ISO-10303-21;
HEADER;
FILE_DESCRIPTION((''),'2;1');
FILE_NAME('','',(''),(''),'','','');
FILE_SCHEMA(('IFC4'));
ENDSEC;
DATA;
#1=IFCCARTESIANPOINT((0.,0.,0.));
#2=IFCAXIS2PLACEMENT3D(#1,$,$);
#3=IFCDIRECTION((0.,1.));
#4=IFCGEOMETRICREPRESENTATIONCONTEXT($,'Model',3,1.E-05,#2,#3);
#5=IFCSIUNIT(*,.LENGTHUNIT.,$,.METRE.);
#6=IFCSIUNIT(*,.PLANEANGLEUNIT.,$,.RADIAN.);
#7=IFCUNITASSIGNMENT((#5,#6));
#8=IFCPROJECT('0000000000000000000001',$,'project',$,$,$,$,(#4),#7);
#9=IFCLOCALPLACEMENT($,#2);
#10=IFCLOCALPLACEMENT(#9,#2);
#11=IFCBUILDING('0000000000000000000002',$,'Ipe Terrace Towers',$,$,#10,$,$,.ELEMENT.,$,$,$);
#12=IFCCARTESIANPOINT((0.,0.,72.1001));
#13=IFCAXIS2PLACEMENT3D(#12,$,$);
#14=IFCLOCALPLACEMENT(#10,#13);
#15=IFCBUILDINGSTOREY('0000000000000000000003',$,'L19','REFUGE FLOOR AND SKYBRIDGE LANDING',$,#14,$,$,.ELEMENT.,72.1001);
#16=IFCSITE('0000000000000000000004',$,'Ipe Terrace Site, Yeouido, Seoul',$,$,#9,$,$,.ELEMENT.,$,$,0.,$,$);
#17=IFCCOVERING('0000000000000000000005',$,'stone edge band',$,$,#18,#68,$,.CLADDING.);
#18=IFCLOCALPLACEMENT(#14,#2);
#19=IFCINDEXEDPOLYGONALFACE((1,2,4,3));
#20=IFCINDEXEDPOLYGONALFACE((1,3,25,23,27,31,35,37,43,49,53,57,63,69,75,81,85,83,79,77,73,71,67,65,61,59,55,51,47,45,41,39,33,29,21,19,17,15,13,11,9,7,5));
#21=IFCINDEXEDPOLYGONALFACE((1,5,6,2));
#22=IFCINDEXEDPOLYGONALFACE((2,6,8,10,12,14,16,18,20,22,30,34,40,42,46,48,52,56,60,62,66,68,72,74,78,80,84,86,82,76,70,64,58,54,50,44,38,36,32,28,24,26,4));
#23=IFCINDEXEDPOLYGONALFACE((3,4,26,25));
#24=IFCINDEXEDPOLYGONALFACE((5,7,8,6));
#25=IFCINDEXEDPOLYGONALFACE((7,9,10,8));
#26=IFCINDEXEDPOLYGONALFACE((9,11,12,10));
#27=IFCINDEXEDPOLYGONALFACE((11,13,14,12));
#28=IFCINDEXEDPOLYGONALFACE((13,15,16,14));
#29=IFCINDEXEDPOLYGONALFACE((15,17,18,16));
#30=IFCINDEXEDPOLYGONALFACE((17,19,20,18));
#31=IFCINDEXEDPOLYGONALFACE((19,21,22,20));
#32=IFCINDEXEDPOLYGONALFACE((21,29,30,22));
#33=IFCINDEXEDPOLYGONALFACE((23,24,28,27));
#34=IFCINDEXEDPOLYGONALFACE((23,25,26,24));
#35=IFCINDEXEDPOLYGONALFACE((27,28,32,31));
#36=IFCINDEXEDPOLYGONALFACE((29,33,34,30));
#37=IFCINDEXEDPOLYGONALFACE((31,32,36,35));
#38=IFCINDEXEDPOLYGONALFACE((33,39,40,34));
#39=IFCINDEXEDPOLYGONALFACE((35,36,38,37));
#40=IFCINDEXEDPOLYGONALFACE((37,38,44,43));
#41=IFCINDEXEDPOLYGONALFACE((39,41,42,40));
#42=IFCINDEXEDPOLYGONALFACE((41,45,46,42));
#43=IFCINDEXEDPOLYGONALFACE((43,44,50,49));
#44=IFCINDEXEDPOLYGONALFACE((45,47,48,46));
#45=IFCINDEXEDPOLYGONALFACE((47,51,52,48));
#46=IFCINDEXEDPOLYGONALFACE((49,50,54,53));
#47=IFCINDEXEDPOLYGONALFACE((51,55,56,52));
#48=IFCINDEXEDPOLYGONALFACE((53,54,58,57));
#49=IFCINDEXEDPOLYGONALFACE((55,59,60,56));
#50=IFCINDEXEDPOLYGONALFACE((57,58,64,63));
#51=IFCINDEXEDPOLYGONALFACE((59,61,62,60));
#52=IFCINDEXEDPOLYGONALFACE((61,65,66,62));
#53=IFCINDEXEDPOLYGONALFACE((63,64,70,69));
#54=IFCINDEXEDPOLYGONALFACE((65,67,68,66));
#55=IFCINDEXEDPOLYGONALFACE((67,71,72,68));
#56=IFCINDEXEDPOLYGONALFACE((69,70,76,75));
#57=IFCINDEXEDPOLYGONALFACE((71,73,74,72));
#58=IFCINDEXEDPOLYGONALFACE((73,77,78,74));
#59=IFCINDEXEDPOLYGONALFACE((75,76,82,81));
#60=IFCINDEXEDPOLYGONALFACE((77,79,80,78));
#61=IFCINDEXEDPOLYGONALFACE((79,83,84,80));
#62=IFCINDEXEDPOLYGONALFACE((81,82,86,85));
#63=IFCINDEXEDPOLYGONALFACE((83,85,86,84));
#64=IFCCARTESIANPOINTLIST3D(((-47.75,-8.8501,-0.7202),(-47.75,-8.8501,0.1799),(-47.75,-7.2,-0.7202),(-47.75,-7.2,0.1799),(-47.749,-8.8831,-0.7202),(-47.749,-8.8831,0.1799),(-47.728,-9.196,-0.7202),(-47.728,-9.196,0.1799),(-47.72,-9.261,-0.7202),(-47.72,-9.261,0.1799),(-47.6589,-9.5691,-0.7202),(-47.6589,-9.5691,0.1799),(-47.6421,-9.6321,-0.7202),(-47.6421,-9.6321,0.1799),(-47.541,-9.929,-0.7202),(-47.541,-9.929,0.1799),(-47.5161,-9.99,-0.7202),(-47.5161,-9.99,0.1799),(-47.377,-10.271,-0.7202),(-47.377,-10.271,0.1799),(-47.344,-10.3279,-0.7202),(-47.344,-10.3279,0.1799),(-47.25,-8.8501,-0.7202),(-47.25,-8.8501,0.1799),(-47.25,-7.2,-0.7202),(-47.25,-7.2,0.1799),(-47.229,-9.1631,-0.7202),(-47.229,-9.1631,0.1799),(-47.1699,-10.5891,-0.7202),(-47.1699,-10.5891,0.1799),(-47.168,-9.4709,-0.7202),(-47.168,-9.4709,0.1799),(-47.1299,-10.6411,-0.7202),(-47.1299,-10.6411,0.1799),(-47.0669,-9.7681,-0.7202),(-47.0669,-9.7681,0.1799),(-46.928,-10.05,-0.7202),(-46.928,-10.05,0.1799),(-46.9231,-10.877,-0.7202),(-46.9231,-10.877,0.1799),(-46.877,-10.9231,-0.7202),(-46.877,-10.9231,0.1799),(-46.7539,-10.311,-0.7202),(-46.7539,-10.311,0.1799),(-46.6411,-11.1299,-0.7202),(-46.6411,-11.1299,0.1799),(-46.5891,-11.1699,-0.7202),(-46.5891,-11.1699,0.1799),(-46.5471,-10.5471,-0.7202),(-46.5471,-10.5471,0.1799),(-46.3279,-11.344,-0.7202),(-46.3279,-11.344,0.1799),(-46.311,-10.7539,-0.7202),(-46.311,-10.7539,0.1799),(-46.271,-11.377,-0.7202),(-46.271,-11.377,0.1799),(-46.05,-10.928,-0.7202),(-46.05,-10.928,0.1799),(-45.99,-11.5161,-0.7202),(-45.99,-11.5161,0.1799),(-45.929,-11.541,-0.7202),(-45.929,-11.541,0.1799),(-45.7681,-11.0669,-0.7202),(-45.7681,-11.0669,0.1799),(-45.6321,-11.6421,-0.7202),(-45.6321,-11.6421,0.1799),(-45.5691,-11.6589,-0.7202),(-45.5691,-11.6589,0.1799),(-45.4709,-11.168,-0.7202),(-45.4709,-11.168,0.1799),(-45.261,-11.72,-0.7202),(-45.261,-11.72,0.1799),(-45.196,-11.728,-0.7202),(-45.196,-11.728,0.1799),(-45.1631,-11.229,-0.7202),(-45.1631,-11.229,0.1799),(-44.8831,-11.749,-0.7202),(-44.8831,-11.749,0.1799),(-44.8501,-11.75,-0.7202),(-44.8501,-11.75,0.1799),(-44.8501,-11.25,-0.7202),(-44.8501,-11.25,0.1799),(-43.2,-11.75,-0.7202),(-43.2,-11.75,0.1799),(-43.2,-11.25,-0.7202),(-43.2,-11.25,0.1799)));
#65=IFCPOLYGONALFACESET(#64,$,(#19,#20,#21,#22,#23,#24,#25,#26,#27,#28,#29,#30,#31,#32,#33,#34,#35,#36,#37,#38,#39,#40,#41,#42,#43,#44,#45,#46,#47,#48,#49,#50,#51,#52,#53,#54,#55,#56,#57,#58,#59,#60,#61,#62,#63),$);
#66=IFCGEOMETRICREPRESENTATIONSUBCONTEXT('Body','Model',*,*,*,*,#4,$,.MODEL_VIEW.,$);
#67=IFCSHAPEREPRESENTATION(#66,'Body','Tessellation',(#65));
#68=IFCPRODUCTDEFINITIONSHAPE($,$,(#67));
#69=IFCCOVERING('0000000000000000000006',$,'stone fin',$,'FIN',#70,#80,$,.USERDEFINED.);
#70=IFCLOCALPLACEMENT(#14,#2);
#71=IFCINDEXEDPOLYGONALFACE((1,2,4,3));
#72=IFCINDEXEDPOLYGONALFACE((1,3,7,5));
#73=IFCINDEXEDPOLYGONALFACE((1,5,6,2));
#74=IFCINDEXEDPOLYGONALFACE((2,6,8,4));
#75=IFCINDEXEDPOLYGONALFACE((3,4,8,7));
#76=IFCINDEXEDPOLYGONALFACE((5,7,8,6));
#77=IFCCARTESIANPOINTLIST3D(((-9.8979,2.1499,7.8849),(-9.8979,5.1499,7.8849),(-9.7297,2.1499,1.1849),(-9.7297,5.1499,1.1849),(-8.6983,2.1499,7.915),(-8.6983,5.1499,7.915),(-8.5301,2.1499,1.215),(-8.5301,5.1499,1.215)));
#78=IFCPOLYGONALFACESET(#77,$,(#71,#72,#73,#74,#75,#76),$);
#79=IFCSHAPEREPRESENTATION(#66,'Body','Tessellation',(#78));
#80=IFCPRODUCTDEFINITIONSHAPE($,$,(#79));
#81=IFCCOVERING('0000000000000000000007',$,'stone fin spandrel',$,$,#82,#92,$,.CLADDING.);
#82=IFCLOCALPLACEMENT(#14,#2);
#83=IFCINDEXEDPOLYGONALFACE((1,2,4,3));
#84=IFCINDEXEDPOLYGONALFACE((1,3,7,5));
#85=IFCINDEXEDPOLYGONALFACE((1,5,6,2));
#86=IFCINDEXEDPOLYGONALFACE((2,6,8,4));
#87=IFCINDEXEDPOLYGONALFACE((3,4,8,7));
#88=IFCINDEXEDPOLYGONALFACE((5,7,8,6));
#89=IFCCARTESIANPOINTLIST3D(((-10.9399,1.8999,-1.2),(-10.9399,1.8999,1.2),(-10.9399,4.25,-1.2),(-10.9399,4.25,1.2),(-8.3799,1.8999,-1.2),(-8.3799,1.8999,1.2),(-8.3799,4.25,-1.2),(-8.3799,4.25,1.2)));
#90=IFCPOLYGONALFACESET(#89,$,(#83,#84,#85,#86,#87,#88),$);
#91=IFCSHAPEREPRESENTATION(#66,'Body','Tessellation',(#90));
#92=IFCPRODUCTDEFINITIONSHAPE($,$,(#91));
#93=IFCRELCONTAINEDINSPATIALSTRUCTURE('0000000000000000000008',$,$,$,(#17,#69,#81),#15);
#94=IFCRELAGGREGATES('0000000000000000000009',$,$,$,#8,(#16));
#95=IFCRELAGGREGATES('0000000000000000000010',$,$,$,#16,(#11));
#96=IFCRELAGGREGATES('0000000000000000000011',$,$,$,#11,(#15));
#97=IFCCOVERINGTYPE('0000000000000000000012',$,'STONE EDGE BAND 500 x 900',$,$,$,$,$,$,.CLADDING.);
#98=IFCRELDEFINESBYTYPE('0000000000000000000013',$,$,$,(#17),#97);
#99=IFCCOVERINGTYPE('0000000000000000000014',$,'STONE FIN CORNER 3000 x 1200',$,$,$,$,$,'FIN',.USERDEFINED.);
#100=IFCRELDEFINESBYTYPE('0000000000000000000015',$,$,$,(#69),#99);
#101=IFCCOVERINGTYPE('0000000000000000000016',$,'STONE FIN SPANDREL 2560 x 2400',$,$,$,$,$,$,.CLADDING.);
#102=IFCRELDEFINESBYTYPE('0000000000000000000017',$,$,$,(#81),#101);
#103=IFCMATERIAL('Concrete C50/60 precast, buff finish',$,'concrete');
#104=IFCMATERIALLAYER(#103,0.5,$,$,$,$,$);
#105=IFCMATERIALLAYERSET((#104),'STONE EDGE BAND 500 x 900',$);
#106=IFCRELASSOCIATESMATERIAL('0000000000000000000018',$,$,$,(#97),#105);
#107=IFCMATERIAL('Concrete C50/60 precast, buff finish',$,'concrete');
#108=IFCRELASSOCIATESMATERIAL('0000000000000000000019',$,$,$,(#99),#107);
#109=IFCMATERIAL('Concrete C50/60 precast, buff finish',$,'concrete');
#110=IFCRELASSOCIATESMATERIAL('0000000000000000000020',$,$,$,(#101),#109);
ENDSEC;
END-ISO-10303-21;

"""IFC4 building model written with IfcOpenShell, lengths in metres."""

from ifc_helpers import new_model, si_unit, direction, frame, origin, origin_2d, place, context, subcontext, project, spatial, polyline, rectangle, outline, extrude, material, layer, layer_set, material_profile, profile_set, type_object, element, save


model = new_model("IFC4")

# Units and contexts
model_context = context("Model", 3, precision=1e-05, world=origin(), true_north=direction((0.0, 1.0)))
body_context = subcontext(model_context, "Body", "Model", "MODEL_VIEW")
ifc_project = project(units=[si_unit("LENGTHUNIT", "METRE"), si_unit("PLANEANGLEUNIT", "RADIAN")], contexts=[model_context])

# Site, building, storey
site_placement = place(None, origin())
site = spatial("IfcSite", under=ifc_project, at=site_placement, Name="Ipe Terrace Site, Yeouido, Seoul", CompositionType="ELEMENT", RefElevation=0.0)
building_placement = place(site_placement, origin())
building = spatial("IfcBuilding", under=site, at=building_placement, Name="Ipe Terrace Towers", CompositionType="ELEMENT")
storey_placement = place(building_placement, frame((0.0, 0.0, 72.1001)))
storey = spatial("IfcBuildingStorey", under=building, at=storey_placement, Name="L19", Description="REFUGE FLOOR AND SKYBRIDGE LANDING", CompositionType="ELEMENT", Elevation=72.1001)

# Coverings
ifc_material_1 = material(Name="Concrete C50/60 precast, buff finish", Category="concrete")
ifc_layer_1 = layer(ifc_material_1, 0.5)
ifc_layer_set_1 = layer_set([ifc_layer_1], Name="STONE EDGE BAND 500 x 900")
covering_type_1 = type_object("IfcCoveringType", Name="STONE EDGE BAND 500 x 900", PredefinedType="CLADDING", material=ifc_layer_set_1)
covering_1_placement = place(storey_placement, frame((0.0, 0.0, -0.7202)))
element("IfcCovering", 1, at=covering_1_placement, inside=storey, type_object=covering_type_1, Name="stone edge band", PredefinedType="CLADDING", context=body_context, shape_type="SweptSolid", body=[
    extrude(outline(polyline([(-44.8501, -11.75), (-43.2, -11.75), (-43.2, -11.25), (-44.8501, -11.25), (-45.1631, -11.229), (-45.4709, -11.168), (-45.7681, -11.0669), (-46.05, -10.928), (-46.311, -10.7539), (-46.5471, -10.5471), (-46.7539, -10.311), (-46.928, -10.05), (-47.0669, -9.7681), (-47.168, -9.4709), (-47.229, -9.1631), (-47.25, -8.8501), (-47.25, -7.2), (-47.75, -7.2), (-47.75, -8.8501), (-47.749, -8.8831), (-47.728, -9.196), (-47.72, -9.261), (-47.6589, -9.5691), (-47.6421, -9.6321), (-47.541, -9.929), (-47.5161, -9.99), (-47.377, -10.271), (-47.344, -10.3279), (-47.1699, -10.5891), (-47.1299, -10.6411), (-46.9231, -10.877), (-46.877, -10.9231), (-46.6411, -11.1299), (-46.5891, -11.1699), (-46.3279, -11.344), (-46.271, -11.377), (-45.99, -11.5161), (-45.929, -11.541), (-45.6321, -11.6421), (-45.5691, -11.6589), (-45.261, -11.72), (-45.196, -11.728), (-44.8831, -11.749), (-44.8501, -11.75)])), origin(), (0.0, 0.0, 1.0), 0.9001),
])
ifc_material_2 = material(Name="Concrete C50/60 precast, buff finish", Category="concrete")
ifc_material_profile_1 = material_profile(ifc_material_2, rectangle(XDim=3.0, YDim=1.2, at=origin_2d()), Name="STONE FIN CORNER 3000 x 1200")
ifc_profile_set_1 = profile_set([ifc_material_profile_1], Name="Concrete C50/60 precast, buff finish")
covering_type_2 = type_object("IfcCoveringType", Name="STONE FIN CORNER 3000 x 1200", ElementType="FIN", PredefinedType="USERDEFINED", material=ifc_profile_set_1)
covering_2_placement = place(storey_placement, frame((-9.1299, 3.6499, 1.2), z_axis=(-0.025099, 0.0, 0.999685), x_axis=(0.0, 1.0, 0.0)))
element("IfcCovering", 2, at=covering_2_placement, inside=storey, type_object=covering_type_2, Name="stone fin", ObjectType="FIN", PredefinedType="USERDEFINED", context=body_context, shape_type="SweptSolid", body=[
    extrude(rectangle(XDim=3.0, YDim=1.2, at=origin_2d()), origin(), (0.0, 0.0, 1.0), 6.7021),
])
ifc_material_3 = material(Name="Concrete C50/60 precast, buff finish", Category="concrete")
ifc_material_profile_2 = material_profile(ifc_material_3, rectangle(XDim=2.5601, YDim=2.3999, at=origin_2d()), Name="STONE FIN SPANDREL 2560 x 2400")
ifc_profile_set_2 = profile_set([ifc_material_profile_2], Name="Concrete C50/60 precast, buff finish")
covering_type_3 = type_object("IfcCoveringType", Name="STONE FIN SPANDREL 2560 x 2400", PredefinedType="CLADDING", material=ifc_profile_set_2)
covering_3_placement = place(storey_placement, frame((-9.6599, 1.8999, 0.0), z_axis=(0.0, 1.0, 0.0), x_axis=(1.0, 0.0, 0.0)))
element("IfcCovering", 3, at=covering_3_placement, inside=storey, type_object=covering_type_3, Name="stone fin spandrel", PredefinedType="CLADDING", context=body_context, shape_type="SweptSolid", body=[
    extrude(rectangle(XDim=2.5601, YDim=2.3999, at=origin_2d()), origin(), (0.0, 0.0, 1.0), 2.3501),
])

save(model, "model.ifc")
